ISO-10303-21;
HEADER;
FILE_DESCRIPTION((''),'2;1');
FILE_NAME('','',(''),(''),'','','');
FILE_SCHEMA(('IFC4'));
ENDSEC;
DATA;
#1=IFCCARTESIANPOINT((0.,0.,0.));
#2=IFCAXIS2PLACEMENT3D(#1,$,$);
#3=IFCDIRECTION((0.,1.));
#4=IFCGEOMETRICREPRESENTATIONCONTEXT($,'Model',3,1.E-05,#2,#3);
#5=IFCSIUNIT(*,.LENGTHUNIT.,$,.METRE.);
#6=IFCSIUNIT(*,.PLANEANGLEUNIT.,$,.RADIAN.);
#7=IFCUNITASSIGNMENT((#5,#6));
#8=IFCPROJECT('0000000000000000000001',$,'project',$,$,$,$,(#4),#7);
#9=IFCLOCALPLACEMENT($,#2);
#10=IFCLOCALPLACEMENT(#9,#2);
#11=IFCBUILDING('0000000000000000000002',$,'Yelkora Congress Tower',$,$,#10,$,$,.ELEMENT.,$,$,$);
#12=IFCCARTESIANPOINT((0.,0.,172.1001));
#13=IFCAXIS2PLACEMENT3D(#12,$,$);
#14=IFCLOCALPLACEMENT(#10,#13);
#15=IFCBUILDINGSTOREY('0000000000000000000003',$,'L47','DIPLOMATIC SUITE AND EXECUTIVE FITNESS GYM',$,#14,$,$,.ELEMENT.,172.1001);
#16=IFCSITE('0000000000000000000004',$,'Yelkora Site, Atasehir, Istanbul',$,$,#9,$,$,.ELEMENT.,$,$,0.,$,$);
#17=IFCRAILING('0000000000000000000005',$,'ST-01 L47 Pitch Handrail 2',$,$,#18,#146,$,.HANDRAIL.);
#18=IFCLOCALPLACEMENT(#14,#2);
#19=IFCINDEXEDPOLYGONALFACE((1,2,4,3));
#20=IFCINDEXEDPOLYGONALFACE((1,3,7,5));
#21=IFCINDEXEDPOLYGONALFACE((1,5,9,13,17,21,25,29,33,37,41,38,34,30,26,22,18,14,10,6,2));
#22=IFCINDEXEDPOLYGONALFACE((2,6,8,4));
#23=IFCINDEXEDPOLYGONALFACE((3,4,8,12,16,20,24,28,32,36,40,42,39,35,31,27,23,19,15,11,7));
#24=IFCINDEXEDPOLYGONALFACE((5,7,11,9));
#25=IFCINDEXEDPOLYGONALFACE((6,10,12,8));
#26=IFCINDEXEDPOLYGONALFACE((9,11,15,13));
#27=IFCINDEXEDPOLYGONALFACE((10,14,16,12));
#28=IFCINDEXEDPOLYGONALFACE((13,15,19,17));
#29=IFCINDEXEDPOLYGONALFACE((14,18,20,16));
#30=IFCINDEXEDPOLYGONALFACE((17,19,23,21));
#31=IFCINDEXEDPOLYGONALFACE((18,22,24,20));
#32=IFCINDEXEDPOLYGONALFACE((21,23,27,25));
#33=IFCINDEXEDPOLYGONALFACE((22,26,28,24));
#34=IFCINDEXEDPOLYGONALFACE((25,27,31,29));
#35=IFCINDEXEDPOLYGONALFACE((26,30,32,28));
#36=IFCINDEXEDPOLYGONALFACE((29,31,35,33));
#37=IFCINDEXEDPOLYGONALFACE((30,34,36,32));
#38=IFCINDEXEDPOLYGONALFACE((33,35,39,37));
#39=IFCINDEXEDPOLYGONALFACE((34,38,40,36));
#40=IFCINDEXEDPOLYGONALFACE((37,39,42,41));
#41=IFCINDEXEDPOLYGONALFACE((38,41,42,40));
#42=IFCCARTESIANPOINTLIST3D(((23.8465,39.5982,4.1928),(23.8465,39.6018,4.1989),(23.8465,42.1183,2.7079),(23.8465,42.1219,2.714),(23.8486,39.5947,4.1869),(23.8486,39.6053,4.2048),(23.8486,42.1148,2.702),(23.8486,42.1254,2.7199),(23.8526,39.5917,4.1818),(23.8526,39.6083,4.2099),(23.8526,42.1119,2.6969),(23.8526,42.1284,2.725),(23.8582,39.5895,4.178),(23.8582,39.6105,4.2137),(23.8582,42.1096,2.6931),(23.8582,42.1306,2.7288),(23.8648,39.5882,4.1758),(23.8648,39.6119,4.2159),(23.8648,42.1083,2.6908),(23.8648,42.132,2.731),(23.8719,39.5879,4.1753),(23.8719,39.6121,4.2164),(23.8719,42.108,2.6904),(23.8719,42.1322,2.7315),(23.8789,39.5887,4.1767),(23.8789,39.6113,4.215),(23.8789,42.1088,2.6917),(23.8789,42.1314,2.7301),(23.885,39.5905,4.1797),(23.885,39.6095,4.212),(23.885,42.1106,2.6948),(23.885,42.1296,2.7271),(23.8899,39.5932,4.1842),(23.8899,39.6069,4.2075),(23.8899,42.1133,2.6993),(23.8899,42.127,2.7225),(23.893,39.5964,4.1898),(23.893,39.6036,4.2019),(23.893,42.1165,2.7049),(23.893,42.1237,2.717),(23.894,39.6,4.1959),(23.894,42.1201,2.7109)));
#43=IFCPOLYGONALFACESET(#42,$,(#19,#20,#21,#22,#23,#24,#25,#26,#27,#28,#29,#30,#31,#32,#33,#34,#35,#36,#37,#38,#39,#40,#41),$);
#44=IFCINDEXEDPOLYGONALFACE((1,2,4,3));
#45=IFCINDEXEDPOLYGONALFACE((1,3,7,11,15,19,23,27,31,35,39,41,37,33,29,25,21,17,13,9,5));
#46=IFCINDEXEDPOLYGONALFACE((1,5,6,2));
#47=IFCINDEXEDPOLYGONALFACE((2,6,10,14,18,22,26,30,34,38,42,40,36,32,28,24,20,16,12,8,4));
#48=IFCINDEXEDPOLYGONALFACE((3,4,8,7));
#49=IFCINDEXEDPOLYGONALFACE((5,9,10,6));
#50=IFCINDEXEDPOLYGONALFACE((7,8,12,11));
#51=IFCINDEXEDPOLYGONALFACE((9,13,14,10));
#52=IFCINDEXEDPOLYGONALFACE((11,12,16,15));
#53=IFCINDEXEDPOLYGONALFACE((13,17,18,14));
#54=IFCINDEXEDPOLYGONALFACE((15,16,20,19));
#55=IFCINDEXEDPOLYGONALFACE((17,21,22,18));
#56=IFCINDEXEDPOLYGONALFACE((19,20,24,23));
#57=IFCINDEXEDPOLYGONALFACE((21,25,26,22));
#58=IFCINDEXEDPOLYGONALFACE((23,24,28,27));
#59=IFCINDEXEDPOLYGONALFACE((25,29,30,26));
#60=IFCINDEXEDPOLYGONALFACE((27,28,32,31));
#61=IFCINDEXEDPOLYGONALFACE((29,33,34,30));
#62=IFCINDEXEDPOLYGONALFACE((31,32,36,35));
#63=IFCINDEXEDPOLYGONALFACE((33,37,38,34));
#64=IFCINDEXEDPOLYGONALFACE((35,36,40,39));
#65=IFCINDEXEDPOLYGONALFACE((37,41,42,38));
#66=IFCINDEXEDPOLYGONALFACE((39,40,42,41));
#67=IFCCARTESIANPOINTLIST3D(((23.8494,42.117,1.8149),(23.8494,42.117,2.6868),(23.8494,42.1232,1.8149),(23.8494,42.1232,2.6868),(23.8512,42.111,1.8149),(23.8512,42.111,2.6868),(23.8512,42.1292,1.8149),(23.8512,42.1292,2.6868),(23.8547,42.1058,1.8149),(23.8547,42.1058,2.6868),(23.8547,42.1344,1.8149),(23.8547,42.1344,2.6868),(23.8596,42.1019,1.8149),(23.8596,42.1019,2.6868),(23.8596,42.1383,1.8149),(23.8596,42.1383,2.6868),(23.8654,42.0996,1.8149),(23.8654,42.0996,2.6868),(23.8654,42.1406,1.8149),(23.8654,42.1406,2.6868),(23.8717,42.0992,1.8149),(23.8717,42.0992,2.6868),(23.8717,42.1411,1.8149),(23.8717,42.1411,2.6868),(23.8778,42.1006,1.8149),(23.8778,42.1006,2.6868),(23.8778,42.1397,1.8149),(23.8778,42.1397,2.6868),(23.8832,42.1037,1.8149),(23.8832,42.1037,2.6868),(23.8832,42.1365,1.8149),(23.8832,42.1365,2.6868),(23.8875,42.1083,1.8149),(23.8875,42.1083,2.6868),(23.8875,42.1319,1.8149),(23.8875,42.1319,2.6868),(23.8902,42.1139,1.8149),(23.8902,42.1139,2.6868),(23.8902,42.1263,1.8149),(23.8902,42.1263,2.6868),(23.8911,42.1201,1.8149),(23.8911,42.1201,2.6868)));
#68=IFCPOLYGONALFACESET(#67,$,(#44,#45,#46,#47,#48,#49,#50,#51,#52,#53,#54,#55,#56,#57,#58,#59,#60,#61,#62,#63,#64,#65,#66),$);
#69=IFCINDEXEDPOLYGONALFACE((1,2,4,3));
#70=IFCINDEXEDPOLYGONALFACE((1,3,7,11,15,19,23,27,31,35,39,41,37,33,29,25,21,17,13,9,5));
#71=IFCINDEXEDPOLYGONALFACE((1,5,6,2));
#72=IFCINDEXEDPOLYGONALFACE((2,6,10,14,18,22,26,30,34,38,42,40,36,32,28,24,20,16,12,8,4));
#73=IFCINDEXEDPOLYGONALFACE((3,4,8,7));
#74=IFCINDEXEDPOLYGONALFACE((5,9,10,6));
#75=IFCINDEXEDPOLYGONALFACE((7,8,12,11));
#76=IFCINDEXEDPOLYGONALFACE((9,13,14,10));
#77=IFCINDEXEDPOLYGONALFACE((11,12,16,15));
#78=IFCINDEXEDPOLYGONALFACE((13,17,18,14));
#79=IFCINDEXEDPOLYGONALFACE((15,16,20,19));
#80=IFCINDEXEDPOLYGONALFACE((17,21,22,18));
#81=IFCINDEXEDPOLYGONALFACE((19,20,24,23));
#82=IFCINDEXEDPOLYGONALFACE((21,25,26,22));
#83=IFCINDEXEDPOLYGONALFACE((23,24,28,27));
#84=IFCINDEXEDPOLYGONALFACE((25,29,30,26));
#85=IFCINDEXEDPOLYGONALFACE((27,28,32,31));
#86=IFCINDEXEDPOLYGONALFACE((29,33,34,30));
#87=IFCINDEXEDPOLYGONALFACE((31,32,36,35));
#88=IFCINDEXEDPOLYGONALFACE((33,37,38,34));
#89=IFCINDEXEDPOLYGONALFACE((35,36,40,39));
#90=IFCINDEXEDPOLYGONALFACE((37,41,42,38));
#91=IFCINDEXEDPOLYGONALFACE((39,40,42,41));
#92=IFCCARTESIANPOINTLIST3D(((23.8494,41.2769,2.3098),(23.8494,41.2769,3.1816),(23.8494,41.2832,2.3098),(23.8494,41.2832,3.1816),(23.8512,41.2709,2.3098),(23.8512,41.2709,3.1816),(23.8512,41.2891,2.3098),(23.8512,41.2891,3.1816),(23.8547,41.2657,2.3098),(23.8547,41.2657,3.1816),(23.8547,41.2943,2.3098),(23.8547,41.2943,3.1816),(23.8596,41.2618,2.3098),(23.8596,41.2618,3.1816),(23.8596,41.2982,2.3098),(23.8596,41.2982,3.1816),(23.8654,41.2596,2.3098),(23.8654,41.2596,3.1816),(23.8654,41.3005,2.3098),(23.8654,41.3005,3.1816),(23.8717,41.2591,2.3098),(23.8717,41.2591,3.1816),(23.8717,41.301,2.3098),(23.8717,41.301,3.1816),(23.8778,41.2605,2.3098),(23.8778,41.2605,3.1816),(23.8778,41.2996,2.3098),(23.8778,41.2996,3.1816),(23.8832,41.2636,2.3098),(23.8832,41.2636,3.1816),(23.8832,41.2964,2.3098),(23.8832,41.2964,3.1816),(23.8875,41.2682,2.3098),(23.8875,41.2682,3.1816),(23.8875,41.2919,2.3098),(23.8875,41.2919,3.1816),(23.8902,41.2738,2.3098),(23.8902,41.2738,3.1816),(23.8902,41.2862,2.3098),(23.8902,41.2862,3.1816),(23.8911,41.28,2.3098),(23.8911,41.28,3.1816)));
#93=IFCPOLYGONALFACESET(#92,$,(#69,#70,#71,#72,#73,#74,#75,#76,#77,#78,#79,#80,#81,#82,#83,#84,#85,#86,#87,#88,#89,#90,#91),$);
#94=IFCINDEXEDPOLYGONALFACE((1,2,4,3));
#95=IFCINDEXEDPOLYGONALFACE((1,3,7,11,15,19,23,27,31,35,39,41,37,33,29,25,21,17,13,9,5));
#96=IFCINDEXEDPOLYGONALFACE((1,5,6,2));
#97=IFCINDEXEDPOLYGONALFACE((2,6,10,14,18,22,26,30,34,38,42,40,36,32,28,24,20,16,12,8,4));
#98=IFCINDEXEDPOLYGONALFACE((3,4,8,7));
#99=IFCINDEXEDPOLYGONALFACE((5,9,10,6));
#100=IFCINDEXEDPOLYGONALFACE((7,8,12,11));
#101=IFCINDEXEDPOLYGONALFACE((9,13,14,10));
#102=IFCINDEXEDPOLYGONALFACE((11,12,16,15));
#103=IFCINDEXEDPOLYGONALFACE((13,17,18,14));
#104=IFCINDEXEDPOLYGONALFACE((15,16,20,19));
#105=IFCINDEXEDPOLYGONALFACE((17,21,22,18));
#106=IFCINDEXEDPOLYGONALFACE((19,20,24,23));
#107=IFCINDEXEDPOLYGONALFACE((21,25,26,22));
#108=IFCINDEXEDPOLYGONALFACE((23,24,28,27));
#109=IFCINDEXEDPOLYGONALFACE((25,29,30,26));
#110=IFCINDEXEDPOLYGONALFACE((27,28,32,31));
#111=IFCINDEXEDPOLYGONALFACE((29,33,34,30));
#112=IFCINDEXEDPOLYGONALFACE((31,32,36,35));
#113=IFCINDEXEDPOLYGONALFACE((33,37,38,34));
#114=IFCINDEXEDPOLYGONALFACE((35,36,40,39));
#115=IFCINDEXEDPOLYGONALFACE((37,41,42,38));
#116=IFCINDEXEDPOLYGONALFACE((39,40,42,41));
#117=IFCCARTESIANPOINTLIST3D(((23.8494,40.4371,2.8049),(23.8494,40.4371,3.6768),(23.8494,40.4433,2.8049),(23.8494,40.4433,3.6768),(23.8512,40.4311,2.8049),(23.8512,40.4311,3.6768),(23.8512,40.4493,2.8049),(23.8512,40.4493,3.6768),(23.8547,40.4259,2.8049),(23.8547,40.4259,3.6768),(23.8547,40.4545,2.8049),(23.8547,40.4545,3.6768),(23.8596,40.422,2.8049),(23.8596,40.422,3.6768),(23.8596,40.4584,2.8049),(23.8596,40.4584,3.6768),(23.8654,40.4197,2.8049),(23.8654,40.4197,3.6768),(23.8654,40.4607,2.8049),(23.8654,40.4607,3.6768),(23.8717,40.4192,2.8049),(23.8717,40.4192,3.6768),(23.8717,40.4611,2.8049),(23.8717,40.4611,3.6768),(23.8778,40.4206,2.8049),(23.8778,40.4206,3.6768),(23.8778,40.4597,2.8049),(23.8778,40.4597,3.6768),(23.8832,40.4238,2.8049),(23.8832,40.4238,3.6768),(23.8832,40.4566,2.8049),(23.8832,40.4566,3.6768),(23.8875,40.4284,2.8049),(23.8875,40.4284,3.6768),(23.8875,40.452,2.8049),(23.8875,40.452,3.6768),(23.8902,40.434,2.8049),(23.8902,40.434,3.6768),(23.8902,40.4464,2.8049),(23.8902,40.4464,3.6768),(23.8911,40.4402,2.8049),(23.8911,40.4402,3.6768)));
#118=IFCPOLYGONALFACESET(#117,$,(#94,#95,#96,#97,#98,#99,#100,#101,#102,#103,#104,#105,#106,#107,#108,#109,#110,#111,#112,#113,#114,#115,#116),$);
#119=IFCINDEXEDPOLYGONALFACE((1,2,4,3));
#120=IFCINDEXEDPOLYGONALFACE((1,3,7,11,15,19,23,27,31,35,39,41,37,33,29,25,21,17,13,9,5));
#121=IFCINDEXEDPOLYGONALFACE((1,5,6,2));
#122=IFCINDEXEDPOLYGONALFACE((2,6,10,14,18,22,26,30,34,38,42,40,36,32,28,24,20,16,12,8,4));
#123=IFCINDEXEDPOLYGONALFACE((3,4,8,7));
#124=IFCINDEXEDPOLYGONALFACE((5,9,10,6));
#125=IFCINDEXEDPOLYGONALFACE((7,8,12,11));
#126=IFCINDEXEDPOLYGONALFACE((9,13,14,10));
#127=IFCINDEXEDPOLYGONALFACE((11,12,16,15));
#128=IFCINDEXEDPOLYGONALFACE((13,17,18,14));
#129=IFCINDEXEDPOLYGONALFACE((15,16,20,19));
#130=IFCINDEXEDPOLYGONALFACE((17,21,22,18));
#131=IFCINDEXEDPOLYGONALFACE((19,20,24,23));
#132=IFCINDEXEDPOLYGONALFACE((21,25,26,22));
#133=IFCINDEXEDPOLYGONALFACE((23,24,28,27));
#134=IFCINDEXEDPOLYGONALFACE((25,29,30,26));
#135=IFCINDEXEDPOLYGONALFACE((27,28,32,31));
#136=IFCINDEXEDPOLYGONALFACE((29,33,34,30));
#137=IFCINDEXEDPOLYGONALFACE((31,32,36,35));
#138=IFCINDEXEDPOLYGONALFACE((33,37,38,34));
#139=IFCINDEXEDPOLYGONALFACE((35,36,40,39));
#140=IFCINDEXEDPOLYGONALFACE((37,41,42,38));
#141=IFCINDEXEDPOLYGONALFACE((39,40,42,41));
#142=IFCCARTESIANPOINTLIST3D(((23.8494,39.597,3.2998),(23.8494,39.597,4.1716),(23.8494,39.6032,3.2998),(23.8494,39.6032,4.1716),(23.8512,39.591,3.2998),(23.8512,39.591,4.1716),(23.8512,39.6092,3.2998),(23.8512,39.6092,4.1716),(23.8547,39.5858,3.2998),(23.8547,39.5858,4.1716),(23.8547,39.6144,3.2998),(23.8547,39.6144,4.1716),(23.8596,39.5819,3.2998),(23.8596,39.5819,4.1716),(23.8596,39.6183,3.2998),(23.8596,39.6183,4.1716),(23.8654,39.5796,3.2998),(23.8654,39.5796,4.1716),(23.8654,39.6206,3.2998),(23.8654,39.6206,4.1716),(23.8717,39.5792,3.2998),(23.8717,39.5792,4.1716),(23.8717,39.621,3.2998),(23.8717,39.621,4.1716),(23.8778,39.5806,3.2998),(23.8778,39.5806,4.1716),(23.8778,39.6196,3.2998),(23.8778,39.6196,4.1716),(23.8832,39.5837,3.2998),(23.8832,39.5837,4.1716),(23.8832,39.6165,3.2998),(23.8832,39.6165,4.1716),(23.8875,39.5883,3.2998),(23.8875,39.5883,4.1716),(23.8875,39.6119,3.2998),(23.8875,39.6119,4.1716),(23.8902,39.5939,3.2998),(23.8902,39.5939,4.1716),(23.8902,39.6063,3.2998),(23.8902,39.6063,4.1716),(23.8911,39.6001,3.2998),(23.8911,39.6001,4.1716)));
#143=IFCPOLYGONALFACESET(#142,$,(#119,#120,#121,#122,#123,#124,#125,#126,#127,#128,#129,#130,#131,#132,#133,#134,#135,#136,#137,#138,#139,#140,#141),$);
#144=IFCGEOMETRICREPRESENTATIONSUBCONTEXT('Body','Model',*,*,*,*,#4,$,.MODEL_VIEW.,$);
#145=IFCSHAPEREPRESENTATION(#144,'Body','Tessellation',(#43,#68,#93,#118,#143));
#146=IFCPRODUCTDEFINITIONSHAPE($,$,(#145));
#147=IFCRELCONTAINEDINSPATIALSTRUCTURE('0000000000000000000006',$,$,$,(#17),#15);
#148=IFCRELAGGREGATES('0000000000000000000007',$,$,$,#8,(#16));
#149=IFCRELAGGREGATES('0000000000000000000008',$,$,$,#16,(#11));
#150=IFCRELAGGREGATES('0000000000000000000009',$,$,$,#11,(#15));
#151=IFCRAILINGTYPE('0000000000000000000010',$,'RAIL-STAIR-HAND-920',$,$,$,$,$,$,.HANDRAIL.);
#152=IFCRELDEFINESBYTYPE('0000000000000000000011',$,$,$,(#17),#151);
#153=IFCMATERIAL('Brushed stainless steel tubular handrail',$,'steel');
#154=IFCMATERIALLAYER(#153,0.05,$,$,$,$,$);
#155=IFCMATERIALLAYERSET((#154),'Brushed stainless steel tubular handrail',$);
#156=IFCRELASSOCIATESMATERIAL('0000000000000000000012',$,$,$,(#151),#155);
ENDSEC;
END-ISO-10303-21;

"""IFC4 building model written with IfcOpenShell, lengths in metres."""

from ifc_helpers import new_model, si_unit, direction, frame, origin, origin_2d, place, context, subcontext, project, spatial, circle, extrude, material, layer, layer_set, type_object, element, save


model = new_model("IFC4")

# Units and contexts
model_context = context("Model", 3, precision=1e-05, world=origin(), true_north=direction((0.0, 1.0)))
body_context = subcontext(model_context, "Body", "Model", "MODEL_VIEW")
ifc_project = project(units=[si_unit("LENGTHUNIT", "METRE"), si_unit("PLANEANGLEUNIT", "RADIAN")], contexts=[model_context])

# Site, building, storey
site_placement = place(None, origin())
site = spatial("IfcSite", under=ifc_project, at=site_placement, Name="Yelkora Site, Atasehir, Istanbul", CompositionType="ELEMENT", RefElevation=0.0)
building_placement = place(site_placement, origin())
building = spatial("IfcBuilding", under=site, at=building_placement, Name="Yelkora Congress Tower", CompositionType="ELEMENT")
storey_placement = place(building_placement, frame((0.0, 0.0, 172.1001)))
storey = spatial("IfcBuildingStorey", under=building, at=storey_placement, Name="L47", Description="DIPLOMATIC SUITE AND EXECUTIVE FITNESS GYM", CompositionType="ELEMENT", Elevation=172.1001)

# Railing
ifc_material_1 = material(Name="Brushed stainless steel tubular handrail", Category="steel")
ifc_layer_1 = layer(ifc_material_1, 0.05)
ifc_layer_set_1 = layer_set([ifc_layer_1], Name="Brushed stainless steel tubular handrail")
railing_type_1 = type_object("IfcRailingType", Name="RAIL-STAIR-HAND-920", PredefinedType="HANDRAIL", material=ifc_layer_set_1)
railing_1_placement = place(storey_placement, frame((23.8701, 42.1201, 1.8149)))
element("IfcRailing", 1, at=railing_1_placement, inside=storey, type_object=railing_type_1, Name="ST-01 L47 Pitch Handrail 2", PredefinedType="HANDRAIL", context=body_context, shape_type="SweptSolid", body=[
    extrude(circle(Radius=0.0239, at=origin_2d()), frame((0.0, 0.0, 0.896), z_axis=(0.0, -0.861561, 0.507655), x_axis=(1.0, 0.0, 0.0)), (0.0, 0.0, 1.0), 2.925),
    extrude(circle(Radius=0.021, at=origin_2d()), origin(), (0.0, 0.0, 1.0), 0.8718),
    extrude(circle(Radius=0.021, at=origin_2d()), frame((0.0, -0.8401, 0.4949)), (0.0, 0.0, 1.0), 0.8718),
    extrude(circle(Radius=0.021, at=origin_2d()), frame((0.0, -1.6799, 0.99)), (0.0, 0.0, 1.0), 0.8718),
    extrude(circle(Radius=0.021, at=origin_2d()), frame((0.0, -2.52, 1.4849)), (0.0, 0.0, 1.0), 0.8718),
])

save(model, "model.ifc")
